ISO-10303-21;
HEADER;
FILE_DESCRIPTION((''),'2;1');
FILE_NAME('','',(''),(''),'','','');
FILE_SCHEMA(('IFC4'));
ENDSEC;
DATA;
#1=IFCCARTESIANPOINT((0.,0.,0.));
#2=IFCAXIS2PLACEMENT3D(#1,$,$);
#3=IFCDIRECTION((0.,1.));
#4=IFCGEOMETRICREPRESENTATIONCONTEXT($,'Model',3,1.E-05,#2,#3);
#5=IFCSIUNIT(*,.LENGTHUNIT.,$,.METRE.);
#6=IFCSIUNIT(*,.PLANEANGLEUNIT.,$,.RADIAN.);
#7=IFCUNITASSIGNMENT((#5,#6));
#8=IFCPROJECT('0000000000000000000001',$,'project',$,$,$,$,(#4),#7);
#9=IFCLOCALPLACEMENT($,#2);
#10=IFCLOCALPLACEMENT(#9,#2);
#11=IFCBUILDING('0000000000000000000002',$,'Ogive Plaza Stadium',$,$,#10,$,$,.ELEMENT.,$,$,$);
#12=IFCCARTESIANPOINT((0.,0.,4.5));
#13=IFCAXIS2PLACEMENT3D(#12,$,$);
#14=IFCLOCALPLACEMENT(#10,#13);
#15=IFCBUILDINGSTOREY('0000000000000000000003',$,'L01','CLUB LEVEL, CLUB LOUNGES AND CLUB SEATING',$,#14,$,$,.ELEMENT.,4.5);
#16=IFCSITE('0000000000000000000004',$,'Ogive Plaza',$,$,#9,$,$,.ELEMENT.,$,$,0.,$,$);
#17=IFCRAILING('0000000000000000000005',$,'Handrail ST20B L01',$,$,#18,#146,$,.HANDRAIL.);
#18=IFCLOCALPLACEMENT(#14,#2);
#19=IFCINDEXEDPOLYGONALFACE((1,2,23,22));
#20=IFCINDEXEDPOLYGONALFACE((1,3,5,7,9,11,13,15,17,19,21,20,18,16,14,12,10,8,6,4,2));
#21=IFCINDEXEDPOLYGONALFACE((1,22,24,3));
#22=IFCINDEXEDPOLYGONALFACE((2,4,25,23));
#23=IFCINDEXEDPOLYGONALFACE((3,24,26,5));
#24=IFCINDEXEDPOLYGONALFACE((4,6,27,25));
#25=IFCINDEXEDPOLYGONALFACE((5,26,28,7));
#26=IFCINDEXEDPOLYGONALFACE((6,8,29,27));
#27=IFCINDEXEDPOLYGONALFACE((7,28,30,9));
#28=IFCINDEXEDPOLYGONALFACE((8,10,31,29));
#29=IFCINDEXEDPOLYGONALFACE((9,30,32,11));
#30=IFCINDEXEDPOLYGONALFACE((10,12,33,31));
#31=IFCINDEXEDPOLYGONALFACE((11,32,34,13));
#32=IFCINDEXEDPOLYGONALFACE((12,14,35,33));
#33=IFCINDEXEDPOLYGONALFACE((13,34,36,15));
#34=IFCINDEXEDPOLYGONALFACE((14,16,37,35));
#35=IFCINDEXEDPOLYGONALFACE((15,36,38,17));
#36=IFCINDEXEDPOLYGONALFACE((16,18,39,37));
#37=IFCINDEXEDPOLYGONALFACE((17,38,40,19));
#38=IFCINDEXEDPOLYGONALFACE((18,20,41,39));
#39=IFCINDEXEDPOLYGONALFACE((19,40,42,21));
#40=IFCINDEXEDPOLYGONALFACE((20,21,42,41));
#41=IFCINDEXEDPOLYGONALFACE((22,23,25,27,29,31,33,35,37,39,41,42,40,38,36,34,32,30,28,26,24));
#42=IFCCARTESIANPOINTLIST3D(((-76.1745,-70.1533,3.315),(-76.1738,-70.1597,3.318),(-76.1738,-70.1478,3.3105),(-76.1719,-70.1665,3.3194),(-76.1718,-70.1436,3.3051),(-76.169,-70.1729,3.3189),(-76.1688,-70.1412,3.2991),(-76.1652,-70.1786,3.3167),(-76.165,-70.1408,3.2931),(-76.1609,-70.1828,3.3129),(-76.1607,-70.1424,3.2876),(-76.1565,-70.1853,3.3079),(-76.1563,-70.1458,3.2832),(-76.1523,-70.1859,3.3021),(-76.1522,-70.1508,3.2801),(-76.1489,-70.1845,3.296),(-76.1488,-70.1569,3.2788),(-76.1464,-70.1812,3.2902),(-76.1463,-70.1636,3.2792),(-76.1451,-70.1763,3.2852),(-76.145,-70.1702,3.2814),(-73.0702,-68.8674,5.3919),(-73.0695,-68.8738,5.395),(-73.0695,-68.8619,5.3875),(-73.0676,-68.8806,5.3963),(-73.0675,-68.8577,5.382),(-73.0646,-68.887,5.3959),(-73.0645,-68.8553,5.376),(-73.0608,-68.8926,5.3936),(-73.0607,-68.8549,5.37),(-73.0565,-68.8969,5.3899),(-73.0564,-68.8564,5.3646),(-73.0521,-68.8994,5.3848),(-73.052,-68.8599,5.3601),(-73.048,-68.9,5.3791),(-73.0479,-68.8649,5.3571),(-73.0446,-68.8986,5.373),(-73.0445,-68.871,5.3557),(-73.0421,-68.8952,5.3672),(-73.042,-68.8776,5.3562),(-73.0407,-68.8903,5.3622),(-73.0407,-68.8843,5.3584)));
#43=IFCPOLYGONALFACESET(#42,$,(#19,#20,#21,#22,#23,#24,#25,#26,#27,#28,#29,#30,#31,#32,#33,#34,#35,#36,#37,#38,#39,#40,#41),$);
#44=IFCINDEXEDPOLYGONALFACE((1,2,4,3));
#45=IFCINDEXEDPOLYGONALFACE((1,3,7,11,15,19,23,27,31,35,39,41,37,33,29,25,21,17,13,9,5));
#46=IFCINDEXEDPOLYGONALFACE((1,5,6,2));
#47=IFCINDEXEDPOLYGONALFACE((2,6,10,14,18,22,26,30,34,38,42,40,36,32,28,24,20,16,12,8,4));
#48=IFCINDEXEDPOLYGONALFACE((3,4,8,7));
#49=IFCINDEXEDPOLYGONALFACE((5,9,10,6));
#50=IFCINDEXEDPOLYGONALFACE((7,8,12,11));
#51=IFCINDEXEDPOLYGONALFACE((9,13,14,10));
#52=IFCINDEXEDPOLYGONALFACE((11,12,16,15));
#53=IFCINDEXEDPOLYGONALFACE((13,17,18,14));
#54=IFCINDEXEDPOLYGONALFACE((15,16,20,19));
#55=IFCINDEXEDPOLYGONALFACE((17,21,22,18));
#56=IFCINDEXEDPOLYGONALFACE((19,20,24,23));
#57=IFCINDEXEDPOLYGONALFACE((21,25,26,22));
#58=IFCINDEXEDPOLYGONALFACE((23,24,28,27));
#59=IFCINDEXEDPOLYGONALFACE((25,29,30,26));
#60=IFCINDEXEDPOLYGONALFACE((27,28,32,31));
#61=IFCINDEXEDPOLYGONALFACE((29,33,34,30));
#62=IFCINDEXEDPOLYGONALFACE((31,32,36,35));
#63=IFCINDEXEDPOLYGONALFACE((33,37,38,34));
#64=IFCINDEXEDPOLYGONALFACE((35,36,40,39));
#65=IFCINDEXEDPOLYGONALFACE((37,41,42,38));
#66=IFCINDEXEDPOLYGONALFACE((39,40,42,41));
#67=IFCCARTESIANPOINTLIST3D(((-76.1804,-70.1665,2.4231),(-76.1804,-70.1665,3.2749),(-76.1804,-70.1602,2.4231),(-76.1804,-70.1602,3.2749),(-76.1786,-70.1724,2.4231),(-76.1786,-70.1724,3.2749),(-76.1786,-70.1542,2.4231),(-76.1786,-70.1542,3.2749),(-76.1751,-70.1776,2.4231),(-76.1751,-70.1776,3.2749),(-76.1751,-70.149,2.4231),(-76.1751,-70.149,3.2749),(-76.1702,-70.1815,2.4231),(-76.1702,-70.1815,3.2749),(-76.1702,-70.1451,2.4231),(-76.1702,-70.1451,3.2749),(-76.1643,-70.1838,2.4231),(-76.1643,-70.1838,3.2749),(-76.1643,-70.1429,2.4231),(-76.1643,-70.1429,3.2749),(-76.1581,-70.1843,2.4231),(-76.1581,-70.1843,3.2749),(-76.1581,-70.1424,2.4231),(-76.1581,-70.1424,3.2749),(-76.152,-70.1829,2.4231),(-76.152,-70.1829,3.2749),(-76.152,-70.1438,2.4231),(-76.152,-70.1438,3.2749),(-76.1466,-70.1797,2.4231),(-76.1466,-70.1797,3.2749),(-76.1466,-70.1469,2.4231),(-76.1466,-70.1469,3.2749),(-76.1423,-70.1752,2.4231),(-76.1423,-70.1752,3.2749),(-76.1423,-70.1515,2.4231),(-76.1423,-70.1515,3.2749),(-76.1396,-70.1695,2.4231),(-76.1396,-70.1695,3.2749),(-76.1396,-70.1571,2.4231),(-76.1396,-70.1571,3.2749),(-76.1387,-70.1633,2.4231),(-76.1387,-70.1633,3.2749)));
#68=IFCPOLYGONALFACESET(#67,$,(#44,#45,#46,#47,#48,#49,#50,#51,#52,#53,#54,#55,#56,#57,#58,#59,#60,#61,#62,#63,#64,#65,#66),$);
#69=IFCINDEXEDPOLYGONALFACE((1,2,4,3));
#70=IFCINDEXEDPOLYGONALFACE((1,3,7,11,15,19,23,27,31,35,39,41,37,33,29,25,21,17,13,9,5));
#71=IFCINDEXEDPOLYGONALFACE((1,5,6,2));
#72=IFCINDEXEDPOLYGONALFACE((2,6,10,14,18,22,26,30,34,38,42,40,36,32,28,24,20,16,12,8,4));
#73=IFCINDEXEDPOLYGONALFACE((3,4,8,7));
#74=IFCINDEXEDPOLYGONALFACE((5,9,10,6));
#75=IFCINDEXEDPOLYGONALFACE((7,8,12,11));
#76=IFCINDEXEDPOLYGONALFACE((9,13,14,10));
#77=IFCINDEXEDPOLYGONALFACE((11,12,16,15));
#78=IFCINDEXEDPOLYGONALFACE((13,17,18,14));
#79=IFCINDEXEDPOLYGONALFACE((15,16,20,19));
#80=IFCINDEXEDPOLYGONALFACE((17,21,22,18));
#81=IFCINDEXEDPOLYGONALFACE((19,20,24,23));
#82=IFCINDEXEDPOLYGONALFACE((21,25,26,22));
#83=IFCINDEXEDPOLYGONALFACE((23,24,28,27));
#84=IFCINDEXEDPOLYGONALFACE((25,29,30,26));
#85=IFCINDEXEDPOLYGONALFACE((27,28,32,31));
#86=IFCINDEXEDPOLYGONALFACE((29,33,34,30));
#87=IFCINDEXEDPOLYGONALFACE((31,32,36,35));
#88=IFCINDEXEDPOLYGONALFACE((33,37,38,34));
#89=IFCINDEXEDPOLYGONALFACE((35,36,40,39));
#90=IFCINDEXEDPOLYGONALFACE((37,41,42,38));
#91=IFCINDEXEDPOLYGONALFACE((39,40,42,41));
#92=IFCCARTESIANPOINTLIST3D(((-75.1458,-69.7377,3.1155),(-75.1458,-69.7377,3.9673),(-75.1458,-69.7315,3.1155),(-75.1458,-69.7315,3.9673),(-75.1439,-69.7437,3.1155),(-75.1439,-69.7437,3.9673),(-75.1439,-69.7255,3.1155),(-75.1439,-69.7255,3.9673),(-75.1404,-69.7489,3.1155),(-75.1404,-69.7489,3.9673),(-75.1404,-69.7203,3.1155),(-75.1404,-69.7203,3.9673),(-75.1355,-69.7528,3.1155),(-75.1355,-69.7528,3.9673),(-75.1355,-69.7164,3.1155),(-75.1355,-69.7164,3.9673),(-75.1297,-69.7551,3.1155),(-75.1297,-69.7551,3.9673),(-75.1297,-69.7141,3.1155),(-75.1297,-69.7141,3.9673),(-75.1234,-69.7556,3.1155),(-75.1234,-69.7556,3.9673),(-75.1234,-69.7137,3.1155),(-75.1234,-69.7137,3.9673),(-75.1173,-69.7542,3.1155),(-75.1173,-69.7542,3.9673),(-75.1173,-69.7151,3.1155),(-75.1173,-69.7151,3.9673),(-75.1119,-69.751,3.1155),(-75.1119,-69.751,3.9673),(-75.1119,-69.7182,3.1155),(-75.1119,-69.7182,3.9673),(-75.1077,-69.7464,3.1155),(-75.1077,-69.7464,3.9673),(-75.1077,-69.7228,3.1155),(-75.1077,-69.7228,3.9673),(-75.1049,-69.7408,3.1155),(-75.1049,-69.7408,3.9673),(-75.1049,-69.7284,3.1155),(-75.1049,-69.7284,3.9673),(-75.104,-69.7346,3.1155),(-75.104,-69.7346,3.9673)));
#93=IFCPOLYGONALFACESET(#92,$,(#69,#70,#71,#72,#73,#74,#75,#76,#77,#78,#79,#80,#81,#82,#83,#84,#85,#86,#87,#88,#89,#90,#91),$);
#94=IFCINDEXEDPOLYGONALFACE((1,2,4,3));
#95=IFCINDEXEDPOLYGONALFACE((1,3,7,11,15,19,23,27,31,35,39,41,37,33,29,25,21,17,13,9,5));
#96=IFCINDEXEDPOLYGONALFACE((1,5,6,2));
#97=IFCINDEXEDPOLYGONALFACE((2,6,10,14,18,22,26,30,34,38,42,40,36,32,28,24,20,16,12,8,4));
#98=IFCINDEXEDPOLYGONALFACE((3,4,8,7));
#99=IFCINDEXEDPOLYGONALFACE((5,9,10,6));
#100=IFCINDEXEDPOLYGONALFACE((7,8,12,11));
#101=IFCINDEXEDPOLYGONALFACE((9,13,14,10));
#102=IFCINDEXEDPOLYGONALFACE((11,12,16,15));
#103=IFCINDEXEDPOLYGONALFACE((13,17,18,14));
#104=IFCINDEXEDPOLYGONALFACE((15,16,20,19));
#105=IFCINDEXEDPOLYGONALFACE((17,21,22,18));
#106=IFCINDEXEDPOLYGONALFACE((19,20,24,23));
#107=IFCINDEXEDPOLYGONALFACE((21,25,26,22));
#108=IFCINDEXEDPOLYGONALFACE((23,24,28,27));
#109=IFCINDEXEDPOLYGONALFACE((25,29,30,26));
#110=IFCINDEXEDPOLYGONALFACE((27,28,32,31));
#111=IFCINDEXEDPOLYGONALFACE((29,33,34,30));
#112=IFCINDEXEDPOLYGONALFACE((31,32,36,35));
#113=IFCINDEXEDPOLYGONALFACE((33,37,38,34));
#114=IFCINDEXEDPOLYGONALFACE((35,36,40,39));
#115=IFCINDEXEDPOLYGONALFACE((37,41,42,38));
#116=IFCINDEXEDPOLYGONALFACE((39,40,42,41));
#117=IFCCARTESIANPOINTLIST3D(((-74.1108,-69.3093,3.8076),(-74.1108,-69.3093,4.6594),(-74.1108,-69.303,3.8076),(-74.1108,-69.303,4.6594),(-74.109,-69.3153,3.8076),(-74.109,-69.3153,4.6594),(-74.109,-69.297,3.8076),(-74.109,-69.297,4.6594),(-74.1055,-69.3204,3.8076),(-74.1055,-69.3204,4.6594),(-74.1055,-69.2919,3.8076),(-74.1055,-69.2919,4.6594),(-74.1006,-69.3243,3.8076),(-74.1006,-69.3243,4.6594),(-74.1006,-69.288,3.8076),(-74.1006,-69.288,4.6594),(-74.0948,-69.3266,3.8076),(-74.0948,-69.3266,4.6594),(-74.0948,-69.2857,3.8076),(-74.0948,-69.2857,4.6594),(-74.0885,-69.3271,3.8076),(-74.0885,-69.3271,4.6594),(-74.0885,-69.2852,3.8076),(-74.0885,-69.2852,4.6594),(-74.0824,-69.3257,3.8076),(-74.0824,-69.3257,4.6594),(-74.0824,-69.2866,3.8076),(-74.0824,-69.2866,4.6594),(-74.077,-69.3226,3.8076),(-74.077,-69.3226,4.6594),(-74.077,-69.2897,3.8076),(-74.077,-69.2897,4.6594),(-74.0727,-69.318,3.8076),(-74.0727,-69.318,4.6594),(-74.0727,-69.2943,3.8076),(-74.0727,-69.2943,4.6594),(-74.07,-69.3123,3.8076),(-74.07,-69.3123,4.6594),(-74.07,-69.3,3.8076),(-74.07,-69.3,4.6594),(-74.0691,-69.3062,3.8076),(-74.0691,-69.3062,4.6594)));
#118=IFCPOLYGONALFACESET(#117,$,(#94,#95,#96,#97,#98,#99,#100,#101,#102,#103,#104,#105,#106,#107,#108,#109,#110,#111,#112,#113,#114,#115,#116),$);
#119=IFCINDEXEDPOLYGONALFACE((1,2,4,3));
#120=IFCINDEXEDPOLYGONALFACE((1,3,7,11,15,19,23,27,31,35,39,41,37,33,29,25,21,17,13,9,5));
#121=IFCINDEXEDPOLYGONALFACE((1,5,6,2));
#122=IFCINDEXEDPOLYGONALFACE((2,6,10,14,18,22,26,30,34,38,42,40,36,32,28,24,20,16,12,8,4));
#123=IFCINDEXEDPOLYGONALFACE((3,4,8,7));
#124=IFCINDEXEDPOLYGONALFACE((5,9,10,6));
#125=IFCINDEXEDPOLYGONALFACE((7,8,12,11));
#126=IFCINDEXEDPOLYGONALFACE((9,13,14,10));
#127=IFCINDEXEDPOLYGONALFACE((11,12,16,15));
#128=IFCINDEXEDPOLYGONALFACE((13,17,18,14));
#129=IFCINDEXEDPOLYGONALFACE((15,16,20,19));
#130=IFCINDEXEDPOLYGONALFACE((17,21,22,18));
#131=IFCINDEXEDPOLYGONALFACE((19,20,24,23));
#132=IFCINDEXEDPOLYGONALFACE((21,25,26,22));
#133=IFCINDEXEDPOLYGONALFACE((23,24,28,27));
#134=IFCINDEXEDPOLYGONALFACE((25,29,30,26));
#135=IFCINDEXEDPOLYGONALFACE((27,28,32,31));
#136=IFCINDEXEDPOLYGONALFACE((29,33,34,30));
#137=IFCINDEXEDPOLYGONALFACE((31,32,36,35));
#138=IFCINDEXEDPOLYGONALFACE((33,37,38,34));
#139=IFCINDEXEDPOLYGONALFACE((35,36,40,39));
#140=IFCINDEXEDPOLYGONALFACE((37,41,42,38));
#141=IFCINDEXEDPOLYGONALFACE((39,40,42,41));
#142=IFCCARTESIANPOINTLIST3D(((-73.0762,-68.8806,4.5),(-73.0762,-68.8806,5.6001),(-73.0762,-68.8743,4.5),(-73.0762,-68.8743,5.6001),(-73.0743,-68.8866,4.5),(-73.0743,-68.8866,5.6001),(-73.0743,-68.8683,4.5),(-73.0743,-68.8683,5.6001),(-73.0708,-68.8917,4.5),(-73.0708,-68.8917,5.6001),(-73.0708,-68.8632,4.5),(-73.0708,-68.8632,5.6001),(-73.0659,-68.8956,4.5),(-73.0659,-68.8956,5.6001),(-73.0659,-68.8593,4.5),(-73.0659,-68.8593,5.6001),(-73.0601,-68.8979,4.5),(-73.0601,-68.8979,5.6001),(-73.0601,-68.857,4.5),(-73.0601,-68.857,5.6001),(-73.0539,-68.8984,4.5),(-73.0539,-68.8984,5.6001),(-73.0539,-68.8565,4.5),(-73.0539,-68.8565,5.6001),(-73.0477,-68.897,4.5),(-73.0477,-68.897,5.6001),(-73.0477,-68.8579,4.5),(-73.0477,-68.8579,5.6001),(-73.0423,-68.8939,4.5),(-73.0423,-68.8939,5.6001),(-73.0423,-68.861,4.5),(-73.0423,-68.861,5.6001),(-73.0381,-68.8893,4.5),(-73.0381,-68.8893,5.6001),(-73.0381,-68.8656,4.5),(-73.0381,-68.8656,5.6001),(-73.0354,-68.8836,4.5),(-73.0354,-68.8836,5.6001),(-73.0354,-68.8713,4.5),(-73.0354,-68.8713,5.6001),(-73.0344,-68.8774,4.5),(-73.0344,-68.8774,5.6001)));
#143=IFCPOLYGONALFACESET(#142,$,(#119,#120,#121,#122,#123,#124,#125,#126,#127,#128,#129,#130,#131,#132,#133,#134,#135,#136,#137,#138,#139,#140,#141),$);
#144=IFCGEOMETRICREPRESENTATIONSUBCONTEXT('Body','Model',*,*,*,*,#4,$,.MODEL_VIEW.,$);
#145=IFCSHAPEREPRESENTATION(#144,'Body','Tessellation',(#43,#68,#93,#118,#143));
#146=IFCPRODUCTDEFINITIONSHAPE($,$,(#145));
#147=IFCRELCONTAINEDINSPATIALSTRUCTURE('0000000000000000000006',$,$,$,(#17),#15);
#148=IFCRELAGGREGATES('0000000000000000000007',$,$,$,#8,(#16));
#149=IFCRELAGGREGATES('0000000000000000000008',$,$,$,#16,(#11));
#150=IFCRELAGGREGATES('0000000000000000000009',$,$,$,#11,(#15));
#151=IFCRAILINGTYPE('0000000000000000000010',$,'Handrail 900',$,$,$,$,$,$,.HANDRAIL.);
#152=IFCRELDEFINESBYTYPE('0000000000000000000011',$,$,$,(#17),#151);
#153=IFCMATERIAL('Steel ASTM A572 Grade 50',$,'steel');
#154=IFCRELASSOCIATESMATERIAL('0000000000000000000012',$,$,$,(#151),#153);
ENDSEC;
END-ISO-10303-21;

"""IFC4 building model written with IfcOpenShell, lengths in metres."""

from ifc_helpers import new_model, si_unit, direction, frame, origin, origin_2d, place, context, subcontext, project, spatial, circle, extrude, material, type_object, element, save


model = new_model("IFC4")

# Units and contexts
model_context = context("Model", 3, precision=1e-05, world=origin(), true_north=direction((0.0, 1.0)))
body_context = subcontext(model_context, "Body", "Model", "MODEL_VIEW")
ifc_project = project(units=[si_unit("LENGTHUNIT", "METRE"), si_unit("PLANEANGLEUNIT", "RADIAN")], contexts=[model_context])

# Site, building, storey
site_placement = place(None, origin())
site = spatial("IfcSite", under=ifc_project, at=site_placement, Name="Ogive Plaza", CompositionType="ELEMENT", RefElevation=0.0)
building_placement = place(site_placement, origin())
building = spatial("IfcBuilding", under=site, at=building_placement, Name="Ogive Plaza Stadium", CompositionType="ELEMENT")
storey_placement = place(building_placement, frame((0.0, 0.0, 4.5)))
storey = spatial("IfcBuildingStorey", under=building, at=storey_placement, Name="L01", Description="CLUB LEVEL, CLUB LOUNGES AND CLUB SEATING", CompositionType="ELEMENT", Elevation=4.5)

# Railing
ifc_material_1 = material(Name="Steel ASTM A572 Grade 50", Category="steel")
railing_type_1 = type_object("IfcRailingType", Name="Handrail 900", PredefinedType="HANDRAIL", material=ifc_material_1)
railing_1_placement = place(storey_placement, frame((-76.1597, -70.1633, 2.4231)))
element("IfcRailing", 1, at=railing_1_placement, inside=storey, type_object=railing_type_1, Name="Handrail ST20B L01", PredefinedType="HANDRAIL", context=body_context, shape_type="SweptSolid", body=[
    extrude(circle(Radius=0.0239, at=origin_2d()), frame((0.0, 0.0, 0.876), z_axis=(0.785863, 0.325532, 0.525783), x_axis=(-0.3827, 0.923872, 0.0)), (0.0, 0.0, 1.0), 3.9502),
    extrude(circle(Radius=0.021, at=origin_2d()), origin(), (0.0, 0.0, 1.0), 0.8518),
    extrude(circle(Radius=0.021, at=origin_2d()), frame((1.0347, 0.4287, 0.6924)), (0.0, 0.0, 1.0), 0.8518),
    extrude(circle(Radius=0.021, at=origin_2d()), frame((2.0696, 0.8572, 1.3845)), (0.0, 0.0, 1.0), 0.8518),
    extrude(circle(Radius=0.021, at=origin_2d()), frame((3.1042, 1.2859, 2.0769)), (0.0, 0.0, 1.0), 1.1001),
])

save(model, "model.ifc")
